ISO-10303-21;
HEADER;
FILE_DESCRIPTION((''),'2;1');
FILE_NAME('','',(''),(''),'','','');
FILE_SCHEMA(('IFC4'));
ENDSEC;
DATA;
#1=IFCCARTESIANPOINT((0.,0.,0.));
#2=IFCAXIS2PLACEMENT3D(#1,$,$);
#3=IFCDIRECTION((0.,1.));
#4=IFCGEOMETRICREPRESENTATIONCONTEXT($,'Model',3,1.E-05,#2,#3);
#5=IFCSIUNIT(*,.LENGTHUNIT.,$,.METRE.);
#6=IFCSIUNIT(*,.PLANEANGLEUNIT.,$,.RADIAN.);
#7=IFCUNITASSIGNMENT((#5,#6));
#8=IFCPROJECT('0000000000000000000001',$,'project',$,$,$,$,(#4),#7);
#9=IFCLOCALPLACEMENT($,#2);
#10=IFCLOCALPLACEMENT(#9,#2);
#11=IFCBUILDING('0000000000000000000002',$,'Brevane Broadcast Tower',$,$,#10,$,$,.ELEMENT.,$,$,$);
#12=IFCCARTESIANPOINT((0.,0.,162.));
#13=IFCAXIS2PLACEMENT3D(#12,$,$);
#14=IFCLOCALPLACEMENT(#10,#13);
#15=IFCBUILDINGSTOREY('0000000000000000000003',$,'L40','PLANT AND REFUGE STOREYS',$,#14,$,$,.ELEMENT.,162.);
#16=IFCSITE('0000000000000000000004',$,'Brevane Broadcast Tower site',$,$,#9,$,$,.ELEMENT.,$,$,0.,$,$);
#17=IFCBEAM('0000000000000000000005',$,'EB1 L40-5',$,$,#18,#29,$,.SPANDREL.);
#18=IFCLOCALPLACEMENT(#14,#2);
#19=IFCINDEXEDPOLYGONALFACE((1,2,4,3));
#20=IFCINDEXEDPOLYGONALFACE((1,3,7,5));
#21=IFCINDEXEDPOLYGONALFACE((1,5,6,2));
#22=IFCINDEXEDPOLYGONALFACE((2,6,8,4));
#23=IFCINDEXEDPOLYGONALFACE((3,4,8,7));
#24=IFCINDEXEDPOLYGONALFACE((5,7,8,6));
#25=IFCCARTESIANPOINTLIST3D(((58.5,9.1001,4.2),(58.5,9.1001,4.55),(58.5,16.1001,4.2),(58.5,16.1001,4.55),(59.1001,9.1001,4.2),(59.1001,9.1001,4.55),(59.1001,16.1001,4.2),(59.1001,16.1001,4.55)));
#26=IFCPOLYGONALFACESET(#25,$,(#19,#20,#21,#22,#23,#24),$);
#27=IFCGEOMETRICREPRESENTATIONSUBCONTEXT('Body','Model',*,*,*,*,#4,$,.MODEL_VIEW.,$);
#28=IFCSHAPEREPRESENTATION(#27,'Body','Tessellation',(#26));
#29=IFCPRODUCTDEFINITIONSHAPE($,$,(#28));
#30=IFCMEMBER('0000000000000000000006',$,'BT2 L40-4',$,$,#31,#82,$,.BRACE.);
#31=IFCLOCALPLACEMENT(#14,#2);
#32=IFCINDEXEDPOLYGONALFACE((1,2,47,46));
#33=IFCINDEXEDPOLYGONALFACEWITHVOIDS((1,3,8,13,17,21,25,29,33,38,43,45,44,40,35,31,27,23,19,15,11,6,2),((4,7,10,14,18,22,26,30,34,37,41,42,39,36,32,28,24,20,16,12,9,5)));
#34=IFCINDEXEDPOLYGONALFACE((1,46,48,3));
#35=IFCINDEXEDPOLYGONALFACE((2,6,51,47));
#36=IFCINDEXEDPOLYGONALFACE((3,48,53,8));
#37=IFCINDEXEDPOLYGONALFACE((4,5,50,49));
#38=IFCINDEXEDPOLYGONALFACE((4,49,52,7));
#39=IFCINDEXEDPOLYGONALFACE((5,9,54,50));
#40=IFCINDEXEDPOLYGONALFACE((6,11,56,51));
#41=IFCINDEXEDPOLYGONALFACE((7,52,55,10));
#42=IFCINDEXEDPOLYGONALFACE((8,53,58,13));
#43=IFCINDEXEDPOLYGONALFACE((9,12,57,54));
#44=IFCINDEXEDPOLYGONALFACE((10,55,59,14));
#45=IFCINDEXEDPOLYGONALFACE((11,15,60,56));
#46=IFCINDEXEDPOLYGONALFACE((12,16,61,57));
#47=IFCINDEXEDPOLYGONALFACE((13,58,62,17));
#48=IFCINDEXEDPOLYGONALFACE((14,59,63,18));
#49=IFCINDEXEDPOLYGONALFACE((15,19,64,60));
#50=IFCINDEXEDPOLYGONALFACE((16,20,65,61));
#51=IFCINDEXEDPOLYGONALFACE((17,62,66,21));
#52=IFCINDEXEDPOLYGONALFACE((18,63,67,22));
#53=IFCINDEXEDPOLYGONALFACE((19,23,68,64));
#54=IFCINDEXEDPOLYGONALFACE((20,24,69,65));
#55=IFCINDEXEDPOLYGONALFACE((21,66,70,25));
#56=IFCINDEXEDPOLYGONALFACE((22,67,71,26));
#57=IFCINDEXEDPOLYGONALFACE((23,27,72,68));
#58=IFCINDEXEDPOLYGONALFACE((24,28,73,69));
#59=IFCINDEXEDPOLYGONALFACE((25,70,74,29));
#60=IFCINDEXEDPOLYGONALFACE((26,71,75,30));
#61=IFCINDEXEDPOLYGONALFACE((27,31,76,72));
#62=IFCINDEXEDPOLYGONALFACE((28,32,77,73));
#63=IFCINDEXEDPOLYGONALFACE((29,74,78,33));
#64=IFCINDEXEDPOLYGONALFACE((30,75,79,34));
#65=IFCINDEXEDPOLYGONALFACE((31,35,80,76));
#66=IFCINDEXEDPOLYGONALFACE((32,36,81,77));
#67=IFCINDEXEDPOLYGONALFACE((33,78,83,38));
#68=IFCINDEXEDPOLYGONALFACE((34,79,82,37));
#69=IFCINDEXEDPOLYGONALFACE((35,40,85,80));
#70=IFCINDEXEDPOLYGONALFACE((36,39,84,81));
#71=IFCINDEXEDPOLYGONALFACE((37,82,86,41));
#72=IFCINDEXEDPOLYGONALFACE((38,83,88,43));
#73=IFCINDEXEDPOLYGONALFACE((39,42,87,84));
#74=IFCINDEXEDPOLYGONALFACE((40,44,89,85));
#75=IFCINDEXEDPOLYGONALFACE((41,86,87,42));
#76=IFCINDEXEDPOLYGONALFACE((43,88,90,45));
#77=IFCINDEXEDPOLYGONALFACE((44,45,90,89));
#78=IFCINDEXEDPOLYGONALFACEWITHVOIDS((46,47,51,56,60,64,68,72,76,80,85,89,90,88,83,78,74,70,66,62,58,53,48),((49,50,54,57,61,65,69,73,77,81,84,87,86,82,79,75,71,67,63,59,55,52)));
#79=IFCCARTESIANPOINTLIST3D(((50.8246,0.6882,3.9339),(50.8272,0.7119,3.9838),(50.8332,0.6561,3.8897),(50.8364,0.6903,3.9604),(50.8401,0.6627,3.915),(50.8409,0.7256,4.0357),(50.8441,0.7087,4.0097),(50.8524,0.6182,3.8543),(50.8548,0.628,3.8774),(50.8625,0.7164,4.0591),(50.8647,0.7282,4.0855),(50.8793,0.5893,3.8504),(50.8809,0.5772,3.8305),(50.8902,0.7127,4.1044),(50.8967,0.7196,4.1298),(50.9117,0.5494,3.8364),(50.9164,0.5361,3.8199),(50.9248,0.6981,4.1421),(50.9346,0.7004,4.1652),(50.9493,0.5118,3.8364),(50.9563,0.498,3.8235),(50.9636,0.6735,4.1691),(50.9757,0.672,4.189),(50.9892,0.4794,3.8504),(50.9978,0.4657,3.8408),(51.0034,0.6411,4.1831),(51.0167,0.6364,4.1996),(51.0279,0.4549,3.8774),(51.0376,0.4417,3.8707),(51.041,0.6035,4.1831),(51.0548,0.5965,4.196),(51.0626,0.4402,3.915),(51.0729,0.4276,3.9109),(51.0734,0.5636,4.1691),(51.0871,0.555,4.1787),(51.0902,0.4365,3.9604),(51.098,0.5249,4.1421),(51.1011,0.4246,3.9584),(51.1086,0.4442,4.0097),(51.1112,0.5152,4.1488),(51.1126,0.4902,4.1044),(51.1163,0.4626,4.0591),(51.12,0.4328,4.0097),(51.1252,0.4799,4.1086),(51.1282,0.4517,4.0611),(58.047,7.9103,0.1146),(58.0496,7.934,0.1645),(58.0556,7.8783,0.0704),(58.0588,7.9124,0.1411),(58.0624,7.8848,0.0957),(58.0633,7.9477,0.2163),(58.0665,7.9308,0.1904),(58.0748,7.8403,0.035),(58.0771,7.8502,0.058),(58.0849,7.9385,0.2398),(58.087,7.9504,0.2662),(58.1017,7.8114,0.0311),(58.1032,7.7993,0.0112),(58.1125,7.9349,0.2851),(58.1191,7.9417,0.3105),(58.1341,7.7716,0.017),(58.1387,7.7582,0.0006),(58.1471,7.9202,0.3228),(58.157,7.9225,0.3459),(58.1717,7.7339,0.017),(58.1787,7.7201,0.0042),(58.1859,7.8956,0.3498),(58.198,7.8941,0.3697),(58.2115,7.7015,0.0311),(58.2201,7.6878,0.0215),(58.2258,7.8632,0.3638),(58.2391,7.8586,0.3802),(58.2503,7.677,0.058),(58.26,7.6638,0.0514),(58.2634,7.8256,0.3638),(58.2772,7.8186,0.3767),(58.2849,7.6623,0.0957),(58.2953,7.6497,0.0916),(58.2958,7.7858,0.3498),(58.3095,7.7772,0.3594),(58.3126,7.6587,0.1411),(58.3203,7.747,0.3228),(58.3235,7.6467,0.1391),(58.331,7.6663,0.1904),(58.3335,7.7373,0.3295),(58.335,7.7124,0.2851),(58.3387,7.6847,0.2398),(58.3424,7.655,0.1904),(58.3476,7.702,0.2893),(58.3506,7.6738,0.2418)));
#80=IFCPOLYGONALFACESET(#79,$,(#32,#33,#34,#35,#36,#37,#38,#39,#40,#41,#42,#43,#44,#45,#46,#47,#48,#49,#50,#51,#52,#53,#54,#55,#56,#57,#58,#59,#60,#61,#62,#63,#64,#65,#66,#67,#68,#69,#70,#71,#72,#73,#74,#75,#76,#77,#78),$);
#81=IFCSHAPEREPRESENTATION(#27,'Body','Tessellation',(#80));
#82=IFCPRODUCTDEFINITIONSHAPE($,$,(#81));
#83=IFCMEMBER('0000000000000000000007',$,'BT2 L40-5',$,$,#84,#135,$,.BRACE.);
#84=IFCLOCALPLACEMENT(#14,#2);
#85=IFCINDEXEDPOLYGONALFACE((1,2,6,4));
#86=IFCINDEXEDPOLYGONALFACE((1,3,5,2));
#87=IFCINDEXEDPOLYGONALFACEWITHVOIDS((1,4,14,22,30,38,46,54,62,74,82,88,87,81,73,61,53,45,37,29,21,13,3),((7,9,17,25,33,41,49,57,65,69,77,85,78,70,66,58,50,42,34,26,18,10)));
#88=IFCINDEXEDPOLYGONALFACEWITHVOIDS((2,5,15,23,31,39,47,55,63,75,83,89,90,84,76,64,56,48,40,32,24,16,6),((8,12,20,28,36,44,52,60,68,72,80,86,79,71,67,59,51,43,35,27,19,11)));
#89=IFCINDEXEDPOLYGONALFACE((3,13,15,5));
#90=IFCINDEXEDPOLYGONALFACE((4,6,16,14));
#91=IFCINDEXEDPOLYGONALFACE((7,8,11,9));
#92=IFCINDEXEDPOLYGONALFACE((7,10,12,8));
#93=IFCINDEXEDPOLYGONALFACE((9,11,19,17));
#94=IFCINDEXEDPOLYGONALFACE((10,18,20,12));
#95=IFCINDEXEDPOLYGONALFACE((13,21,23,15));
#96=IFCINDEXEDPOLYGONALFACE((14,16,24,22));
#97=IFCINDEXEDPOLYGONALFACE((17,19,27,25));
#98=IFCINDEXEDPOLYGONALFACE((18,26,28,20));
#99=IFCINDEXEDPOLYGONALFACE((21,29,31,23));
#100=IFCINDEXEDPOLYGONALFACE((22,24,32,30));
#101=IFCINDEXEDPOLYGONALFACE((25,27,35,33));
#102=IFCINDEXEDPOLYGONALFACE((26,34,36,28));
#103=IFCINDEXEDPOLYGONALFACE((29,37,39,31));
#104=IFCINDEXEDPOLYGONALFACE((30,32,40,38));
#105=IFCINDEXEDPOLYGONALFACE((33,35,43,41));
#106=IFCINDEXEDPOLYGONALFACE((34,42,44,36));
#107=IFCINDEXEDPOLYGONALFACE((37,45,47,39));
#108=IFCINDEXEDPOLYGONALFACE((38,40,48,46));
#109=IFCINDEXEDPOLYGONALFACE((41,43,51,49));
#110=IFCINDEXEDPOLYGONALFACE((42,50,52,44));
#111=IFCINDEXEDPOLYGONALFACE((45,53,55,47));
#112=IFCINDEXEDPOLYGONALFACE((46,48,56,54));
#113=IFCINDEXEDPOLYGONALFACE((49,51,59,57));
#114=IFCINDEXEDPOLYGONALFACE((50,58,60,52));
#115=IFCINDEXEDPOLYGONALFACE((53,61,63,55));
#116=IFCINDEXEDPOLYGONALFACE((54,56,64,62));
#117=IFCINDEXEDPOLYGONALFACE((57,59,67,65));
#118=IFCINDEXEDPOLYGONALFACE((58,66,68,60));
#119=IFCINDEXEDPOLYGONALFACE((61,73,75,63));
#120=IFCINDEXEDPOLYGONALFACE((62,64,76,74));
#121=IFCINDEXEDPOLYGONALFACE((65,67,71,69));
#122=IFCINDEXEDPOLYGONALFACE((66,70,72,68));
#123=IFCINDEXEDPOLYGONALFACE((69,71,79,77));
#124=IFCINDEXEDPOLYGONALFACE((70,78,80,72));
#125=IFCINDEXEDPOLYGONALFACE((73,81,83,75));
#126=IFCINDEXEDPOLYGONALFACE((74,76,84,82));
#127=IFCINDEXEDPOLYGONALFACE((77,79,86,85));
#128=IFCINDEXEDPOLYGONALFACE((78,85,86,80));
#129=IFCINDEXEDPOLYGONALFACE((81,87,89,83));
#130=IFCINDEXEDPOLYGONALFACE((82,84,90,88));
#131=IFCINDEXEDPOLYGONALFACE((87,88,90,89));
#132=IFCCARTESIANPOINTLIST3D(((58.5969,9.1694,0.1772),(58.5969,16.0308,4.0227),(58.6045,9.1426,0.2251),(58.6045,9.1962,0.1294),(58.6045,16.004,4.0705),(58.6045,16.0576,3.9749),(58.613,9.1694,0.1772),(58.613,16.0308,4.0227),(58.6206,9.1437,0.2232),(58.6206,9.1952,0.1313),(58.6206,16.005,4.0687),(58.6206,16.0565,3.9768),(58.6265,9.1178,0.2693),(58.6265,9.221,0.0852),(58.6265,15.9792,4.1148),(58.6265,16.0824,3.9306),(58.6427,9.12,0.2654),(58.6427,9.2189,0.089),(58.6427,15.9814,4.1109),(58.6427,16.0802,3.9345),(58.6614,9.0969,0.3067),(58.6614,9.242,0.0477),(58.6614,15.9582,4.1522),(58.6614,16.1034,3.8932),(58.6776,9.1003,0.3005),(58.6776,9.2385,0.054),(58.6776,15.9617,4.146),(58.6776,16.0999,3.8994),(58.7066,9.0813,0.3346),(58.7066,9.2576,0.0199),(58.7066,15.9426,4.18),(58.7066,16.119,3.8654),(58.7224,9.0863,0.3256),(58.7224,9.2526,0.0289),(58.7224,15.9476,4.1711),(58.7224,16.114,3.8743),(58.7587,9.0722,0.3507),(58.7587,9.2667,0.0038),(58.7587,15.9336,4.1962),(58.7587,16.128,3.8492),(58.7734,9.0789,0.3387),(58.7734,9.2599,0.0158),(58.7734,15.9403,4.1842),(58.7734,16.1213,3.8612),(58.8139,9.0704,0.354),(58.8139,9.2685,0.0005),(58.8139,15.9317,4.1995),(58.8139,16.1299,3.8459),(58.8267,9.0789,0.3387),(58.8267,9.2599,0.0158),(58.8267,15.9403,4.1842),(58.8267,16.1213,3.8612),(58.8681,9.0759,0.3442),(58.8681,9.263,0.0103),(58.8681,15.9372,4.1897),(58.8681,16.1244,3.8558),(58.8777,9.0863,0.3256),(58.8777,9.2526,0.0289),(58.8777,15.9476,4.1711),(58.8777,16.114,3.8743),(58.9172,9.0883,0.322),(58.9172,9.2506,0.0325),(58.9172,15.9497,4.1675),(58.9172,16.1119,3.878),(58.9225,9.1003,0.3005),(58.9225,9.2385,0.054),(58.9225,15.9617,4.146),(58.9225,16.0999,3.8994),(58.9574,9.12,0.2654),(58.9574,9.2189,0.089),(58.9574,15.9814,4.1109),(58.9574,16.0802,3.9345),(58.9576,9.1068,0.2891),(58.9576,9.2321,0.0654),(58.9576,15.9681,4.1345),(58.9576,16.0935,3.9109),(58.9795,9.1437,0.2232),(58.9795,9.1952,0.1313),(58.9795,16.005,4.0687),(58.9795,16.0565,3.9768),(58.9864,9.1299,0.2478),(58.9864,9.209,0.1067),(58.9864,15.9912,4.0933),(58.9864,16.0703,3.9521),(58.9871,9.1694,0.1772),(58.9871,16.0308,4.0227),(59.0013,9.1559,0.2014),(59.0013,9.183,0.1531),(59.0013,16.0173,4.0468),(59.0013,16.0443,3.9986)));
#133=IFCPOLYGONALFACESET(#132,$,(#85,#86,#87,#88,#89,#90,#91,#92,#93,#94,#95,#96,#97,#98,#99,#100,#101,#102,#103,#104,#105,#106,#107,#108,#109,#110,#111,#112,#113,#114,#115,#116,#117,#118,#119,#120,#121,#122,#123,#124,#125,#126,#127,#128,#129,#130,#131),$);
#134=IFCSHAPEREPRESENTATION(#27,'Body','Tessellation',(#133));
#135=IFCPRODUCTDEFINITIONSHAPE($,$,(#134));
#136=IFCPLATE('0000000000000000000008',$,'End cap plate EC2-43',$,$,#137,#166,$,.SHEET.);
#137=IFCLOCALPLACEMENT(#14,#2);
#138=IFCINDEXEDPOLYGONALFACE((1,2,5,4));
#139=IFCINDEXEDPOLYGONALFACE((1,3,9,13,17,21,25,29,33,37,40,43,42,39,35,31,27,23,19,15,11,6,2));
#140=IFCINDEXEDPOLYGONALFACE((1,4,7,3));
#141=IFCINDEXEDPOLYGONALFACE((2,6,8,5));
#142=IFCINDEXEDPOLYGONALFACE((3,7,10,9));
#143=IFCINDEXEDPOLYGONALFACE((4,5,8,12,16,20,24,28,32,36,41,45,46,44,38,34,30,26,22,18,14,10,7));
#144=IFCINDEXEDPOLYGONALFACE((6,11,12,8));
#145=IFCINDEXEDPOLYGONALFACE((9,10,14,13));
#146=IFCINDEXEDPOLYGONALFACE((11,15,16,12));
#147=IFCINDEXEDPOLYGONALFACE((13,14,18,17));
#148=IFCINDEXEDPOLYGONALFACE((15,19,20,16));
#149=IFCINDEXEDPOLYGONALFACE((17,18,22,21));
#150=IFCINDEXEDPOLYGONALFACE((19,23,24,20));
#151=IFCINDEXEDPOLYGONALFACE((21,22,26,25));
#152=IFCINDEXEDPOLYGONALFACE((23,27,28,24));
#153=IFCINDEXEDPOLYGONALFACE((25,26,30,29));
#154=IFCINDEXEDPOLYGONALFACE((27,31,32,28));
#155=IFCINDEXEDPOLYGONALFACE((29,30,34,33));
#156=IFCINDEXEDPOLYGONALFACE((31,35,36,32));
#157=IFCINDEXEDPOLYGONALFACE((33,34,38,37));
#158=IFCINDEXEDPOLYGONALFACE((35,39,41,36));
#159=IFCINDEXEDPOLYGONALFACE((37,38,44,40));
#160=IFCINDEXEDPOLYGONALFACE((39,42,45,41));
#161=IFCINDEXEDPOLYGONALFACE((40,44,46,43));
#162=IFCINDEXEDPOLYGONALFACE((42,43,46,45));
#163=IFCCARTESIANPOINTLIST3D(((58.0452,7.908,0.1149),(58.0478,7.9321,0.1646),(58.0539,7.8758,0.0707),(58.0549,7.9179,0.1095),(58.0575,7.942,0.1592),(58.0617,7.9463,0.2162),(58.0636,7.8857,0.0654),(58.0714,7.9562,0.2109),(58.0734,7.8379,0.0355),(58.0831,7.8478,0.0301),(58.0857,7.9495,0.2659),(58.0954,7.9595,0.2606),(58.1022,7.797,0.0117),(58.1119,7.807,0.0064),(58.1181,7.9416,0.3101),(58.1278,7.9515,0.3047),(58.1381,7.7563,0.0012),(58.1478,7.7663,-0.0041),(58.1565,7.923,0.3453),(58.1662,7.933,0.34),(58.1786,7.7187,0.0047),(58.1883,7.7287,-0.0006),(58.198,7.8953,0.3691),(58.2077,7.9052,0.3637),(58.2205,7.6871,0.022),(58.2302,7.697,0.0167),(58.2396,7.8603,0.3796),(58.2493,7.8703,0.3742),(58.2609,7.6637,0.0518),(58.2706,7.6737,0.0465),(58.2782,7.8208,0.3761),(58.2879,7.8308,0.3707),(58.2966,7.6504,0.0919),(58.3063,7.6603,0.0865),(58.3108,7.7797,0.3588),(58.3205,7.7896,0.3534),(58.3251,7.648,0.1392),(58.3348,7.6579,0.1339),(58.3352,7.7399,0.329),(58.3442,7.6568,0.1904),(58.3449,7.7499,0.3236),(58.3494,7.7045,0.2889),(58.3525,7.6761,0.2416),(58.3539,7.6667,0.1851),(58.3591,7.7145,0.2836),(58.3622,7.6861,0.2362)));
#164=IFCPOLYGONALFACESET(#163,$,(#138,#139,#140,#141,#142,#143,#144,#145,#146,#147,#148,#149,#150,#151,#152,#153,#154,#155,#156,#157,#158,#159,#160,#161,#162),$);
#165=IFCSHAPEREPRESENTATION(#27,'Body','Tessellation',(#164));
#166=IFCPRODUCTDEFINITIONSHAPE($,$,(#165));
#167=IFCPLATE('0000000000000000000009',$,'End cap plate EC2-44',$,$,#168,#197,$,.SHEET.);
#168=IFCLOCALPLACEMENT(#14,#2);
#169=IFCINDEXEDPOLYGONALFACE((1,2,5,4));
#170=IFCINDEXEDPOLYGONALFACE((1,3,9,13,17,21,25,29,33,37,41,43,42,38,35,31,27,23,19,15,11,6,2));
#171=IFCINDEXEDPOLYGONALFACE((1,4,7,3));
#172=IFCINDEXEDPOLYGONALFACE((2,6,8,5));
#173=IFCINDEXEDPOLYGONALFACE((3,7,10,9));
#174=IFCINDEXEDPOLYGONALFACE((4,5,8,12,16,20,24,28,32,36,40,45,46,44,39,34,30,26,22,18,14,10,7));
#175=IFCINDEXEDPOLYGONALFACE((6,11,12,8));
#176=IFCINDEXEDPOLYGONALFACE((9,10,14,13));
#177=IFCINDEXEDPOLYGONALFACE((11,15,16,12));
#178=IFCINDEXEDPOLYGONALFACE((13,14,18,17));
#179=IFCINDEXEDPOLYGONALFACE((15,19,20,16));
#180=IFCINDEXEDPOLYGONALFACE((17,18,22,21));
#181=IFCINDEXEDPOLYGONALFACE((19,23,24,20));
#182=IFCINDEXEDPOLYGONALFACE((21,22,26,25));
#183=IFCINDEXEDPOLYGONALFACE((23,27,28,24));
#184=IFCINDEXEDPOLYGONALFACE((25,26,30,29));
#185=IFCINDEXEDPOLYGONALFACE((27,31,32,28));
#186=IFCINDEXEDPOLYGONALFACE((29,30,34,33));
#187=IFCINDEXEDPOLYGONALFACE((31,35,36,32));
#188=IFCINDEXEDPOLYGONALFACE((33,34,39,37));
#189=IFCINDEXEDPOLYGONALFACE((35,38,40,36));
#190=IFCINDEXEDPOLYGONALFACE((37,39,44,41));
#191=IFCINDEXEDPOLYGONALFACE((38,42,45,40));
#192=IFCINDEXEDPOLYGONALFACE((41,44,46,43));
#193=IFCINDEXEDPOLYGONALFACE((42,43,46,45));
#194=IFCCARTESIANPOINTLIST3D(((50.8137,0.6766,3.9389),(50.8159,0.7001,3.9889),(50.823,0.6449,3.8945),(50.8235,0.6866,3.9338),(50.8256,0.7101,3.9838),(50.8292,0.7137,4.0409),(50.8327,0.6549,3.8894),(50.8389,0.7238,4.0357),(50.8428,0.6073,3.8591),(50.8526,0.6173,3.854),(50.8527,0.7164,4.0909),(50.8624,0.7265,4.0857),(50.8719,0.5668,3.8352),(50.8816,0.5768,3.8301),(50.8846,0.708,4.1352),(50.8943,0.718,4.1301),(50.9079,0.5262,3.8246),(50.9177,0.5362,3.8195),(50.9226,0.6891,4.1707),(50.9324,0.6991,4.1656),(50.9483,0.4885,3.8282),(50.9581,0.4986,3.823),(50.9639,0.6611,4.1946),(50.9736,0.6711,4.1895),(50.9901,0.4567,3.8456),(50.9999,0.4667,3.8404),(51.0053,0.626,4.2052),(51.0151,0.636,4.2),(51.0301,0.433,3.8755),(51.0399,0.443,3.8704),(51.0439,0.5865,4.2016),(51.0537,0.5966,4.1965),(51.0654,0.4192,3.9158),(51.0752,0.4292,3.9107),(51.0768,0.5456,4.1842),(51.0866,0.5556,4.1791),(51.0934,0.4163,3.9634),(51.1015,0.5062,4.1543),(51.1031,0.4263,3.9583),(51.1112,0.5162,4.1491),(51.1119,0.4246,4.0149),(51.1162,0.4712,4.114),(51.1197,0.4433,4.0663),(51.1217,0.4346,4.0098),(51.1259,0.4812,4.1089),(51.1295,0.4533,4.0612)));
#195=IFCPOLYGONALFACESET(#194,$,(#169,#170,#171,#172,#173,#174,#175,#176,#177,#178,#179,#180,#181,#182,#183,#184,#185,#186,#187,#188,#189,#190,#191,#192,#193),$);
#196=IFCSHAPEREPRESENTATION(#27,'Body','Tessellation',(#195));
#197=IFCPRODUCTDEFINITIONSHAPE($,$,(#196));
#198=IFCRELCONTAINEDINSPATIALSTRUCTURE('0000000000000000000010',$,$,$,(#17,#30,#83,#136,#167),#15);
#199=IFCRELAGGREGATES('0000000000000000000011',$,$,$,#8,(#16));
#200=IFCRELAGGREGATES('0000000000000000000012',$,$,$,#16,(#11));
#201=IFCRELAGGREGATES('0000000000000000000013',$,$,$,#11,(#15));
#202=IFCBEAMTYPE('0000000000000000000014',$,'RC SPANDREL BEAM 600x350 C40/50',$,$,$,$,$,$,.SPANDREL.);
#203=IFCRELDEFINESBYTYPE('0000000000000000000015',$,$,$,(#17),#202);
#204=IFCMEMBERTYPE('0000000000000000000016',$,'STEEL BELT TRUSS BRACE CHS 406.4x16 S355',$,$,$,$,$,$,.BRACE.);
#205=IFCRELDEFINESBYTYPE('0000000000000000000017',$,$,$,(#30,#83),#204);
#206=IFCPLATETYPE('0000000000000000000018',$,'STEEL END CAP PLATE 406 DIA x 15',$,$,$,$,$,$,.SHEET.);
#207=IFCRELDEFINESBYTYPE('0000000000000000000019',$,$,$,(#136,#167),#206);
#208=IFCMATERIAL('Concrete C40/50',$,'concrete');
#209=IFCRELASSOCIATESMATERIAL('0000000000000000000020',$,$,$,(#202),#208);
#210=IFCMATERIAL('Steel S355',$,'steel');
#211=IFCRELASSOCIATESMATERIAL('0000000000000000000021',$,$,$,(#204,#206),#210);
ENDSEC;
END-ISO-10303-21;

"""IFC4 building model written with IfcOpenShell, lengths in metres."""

from ifc_helpers import new_model, si_unit, direction, frame, origin, origin_2d, place, context, subcontext, project, spatial, rectangle, circle, hollow_circle, extrude, material, material_profile, profile_set, type_object, element, save


model = new_model("IFC4")

# Units and contexts
model_context = context("Model", 3, precision=1e-05, world=origin(), true_north=direction((0.0, 1.0)))
body_context = subcontext(model_context, "Body", "Model", "MODEL_VIEW")
ifc_project = project(units=[si_unit("LENGTHUNIT", "METRE"), si_unit("PLANEANGLEUNIT", "RADIAN")], contexts=[model_context])

# Site, building, storey
site_placement = place(None, origin())
site = spatial("IfcSite", under=ifc_project, at=site_placement, Name="Brevane Broadcast Tower site", CompositionType="ELEMENT", RefElevation=0.0)
building_placement = place(site_placement, origin())
building = spatial("IfcBuilding", under=site, at=building_placement, Name="Brevane Broadcast Tower", CompositionType="ELEMENT")
storey_placement = place(building_placement, frame((0.0, 0.0, 162.0)))
storey = spatial("IfcBuildingStorey", under=building, at=storey_placement, Name="L40", Description="PLANT AND REFUGE STOREYS", CompositionType="ELEMENT", Elevation=162.0)

# Beam
ifc_material_1 = material(Name="Concrete C40/50", Category="concrete")
ifc_material_profile_1 = material_profile(ifc_material_1, rectangle(XDim=0.6001, YDim=0.3501, at=origin_2d()), Name="RC 600x350")
ifc_profile_set_1 = profile_set([ifc_material_profile_1], Name="Concrete C40/50")
beam_type = type_object("IfcBeamType", Name="RC SPANDREL BEAM 600x350 C40/50", PredefinedType="SPANDREL", material=ifc_profile_set_1)
beam_1_placement = place(storey_placement, frame((58.8, 9.1001, 4.375), z_axis=(0.0, 1.0, 0.0), x_axis=(-1.0, 0.0, 0.0)))
element("IfcBeam", 1, at=beam_1_placement, inside=storey, type_object=beam_type, Name="EB1 L40-5", PredefinedType="SPANDREL", context=body_context, shape_type="SweptSolid", body=[
    extrude(rectangle(XDim=0.6001, YDim=0.3501, at=origin_2d()), origin(), (0.0, 0.0, 1.0), 7.0),
])

# Members
ifc_material_2 = material(Name="Steel S355", Category="steel")
ifc_material_profile_2 = material_profile(ifc_material_2, hollow_circle(Radius=0.2031, WallThickness=0.0161, at=origin_2d()), Name="CHS 406.4x16")
ifc_profile_set_2 = profile_set([ifc_material_profile_2], Name="Steel S355")
member_type_1 = type_object("IfcMemberType", Name="STEEL BELT TRUSS BRACE CHS 406.4x16 S355", PredefinedType="BRACE", material=ifc_profile_set_2)
member_1_placement = place(storey_placement, frame((58.1987, 7.7986, 0.1904), z_axis=(-0.662327, -0.662305, 0.35025), x_axis=(0.707095, -0.707119, 0.0)))
element("IfcMember", 2, at=member_1_placement, inside=storey, type_object=member_type_1, Name="BT2 L40-4", PredefinedType="BRACE", context=body_context, shape_type="SweptSolid", body=[
    extrude(hollow_circle(Radius=0.2031, WallThickness=0.0161, at=origin_2d()), origin(), (0.0, 0.0, 1.0), 10.9045),
])
member_2_placement = place(storey_placement, frame((58.8, 9.1694, 0.1772), z_axis=(0.0, 0.872337, 0.488905), x_axis=(-1.0, 0.0, 0.0)))
element("IfcMember", 3, at=member_2_placement, inside=storey, type_object=member_type_1, Name="BT2 L40-5", PredefinedType="BRACE", context=body_context, shape_type="SweptSolid", body=[
    extrude(hollow_circle(Radius=0.2031, WallThickness=0.0161, at=origin_2d()), origin(), (0.0, 0.0, 1.0), 7.8655),
])

# Plates
ifc_material_profile_3 = material_profile(ifc_material_2, circle(Radius=0.2031, at=origin_2d()), Name="PL 406 DIA x 15")
ifc_profile_set_3 = profile_set([ifc_material_profile_3], Name="Steel S355")
plate_type = type_object("IfcPlateType", Name="STEEL END CAP PLATE 406 DIA x 15", PredefinedType="SHEET", material=ifc_profile_set_3)
for number, where, z_axis, x_axis, name in (
    (4, (58.2085, 7.8086, 0.1851), (-0.651895, -0.668192, 0.358542), (0.715782, -0.698324, 0.0), "End cap plate EC2-43"),
    (5, (50.9763, 0.5764, 4.0098), (-0.65565, -0.672041, 0.344216), (0.715782, -0.698324, 0.0), "End cap plate EC2-44"),
):
    element("IfcPlate", number, at=place(storey_placement, frame(where, z_axis=z_axis, x_axis=x_axis)), inside=storey, type_object=plate_type, Name=name, PredefinedType="SHEET", context=body_context, shape_type="SweptSolid", body=[
        extrude(circle(Radius=0.2031, at=origin_2d()), origin(), (0.0, 0.0, 1.0), 0.0149),
    ])

save(model, "model.ifc")
